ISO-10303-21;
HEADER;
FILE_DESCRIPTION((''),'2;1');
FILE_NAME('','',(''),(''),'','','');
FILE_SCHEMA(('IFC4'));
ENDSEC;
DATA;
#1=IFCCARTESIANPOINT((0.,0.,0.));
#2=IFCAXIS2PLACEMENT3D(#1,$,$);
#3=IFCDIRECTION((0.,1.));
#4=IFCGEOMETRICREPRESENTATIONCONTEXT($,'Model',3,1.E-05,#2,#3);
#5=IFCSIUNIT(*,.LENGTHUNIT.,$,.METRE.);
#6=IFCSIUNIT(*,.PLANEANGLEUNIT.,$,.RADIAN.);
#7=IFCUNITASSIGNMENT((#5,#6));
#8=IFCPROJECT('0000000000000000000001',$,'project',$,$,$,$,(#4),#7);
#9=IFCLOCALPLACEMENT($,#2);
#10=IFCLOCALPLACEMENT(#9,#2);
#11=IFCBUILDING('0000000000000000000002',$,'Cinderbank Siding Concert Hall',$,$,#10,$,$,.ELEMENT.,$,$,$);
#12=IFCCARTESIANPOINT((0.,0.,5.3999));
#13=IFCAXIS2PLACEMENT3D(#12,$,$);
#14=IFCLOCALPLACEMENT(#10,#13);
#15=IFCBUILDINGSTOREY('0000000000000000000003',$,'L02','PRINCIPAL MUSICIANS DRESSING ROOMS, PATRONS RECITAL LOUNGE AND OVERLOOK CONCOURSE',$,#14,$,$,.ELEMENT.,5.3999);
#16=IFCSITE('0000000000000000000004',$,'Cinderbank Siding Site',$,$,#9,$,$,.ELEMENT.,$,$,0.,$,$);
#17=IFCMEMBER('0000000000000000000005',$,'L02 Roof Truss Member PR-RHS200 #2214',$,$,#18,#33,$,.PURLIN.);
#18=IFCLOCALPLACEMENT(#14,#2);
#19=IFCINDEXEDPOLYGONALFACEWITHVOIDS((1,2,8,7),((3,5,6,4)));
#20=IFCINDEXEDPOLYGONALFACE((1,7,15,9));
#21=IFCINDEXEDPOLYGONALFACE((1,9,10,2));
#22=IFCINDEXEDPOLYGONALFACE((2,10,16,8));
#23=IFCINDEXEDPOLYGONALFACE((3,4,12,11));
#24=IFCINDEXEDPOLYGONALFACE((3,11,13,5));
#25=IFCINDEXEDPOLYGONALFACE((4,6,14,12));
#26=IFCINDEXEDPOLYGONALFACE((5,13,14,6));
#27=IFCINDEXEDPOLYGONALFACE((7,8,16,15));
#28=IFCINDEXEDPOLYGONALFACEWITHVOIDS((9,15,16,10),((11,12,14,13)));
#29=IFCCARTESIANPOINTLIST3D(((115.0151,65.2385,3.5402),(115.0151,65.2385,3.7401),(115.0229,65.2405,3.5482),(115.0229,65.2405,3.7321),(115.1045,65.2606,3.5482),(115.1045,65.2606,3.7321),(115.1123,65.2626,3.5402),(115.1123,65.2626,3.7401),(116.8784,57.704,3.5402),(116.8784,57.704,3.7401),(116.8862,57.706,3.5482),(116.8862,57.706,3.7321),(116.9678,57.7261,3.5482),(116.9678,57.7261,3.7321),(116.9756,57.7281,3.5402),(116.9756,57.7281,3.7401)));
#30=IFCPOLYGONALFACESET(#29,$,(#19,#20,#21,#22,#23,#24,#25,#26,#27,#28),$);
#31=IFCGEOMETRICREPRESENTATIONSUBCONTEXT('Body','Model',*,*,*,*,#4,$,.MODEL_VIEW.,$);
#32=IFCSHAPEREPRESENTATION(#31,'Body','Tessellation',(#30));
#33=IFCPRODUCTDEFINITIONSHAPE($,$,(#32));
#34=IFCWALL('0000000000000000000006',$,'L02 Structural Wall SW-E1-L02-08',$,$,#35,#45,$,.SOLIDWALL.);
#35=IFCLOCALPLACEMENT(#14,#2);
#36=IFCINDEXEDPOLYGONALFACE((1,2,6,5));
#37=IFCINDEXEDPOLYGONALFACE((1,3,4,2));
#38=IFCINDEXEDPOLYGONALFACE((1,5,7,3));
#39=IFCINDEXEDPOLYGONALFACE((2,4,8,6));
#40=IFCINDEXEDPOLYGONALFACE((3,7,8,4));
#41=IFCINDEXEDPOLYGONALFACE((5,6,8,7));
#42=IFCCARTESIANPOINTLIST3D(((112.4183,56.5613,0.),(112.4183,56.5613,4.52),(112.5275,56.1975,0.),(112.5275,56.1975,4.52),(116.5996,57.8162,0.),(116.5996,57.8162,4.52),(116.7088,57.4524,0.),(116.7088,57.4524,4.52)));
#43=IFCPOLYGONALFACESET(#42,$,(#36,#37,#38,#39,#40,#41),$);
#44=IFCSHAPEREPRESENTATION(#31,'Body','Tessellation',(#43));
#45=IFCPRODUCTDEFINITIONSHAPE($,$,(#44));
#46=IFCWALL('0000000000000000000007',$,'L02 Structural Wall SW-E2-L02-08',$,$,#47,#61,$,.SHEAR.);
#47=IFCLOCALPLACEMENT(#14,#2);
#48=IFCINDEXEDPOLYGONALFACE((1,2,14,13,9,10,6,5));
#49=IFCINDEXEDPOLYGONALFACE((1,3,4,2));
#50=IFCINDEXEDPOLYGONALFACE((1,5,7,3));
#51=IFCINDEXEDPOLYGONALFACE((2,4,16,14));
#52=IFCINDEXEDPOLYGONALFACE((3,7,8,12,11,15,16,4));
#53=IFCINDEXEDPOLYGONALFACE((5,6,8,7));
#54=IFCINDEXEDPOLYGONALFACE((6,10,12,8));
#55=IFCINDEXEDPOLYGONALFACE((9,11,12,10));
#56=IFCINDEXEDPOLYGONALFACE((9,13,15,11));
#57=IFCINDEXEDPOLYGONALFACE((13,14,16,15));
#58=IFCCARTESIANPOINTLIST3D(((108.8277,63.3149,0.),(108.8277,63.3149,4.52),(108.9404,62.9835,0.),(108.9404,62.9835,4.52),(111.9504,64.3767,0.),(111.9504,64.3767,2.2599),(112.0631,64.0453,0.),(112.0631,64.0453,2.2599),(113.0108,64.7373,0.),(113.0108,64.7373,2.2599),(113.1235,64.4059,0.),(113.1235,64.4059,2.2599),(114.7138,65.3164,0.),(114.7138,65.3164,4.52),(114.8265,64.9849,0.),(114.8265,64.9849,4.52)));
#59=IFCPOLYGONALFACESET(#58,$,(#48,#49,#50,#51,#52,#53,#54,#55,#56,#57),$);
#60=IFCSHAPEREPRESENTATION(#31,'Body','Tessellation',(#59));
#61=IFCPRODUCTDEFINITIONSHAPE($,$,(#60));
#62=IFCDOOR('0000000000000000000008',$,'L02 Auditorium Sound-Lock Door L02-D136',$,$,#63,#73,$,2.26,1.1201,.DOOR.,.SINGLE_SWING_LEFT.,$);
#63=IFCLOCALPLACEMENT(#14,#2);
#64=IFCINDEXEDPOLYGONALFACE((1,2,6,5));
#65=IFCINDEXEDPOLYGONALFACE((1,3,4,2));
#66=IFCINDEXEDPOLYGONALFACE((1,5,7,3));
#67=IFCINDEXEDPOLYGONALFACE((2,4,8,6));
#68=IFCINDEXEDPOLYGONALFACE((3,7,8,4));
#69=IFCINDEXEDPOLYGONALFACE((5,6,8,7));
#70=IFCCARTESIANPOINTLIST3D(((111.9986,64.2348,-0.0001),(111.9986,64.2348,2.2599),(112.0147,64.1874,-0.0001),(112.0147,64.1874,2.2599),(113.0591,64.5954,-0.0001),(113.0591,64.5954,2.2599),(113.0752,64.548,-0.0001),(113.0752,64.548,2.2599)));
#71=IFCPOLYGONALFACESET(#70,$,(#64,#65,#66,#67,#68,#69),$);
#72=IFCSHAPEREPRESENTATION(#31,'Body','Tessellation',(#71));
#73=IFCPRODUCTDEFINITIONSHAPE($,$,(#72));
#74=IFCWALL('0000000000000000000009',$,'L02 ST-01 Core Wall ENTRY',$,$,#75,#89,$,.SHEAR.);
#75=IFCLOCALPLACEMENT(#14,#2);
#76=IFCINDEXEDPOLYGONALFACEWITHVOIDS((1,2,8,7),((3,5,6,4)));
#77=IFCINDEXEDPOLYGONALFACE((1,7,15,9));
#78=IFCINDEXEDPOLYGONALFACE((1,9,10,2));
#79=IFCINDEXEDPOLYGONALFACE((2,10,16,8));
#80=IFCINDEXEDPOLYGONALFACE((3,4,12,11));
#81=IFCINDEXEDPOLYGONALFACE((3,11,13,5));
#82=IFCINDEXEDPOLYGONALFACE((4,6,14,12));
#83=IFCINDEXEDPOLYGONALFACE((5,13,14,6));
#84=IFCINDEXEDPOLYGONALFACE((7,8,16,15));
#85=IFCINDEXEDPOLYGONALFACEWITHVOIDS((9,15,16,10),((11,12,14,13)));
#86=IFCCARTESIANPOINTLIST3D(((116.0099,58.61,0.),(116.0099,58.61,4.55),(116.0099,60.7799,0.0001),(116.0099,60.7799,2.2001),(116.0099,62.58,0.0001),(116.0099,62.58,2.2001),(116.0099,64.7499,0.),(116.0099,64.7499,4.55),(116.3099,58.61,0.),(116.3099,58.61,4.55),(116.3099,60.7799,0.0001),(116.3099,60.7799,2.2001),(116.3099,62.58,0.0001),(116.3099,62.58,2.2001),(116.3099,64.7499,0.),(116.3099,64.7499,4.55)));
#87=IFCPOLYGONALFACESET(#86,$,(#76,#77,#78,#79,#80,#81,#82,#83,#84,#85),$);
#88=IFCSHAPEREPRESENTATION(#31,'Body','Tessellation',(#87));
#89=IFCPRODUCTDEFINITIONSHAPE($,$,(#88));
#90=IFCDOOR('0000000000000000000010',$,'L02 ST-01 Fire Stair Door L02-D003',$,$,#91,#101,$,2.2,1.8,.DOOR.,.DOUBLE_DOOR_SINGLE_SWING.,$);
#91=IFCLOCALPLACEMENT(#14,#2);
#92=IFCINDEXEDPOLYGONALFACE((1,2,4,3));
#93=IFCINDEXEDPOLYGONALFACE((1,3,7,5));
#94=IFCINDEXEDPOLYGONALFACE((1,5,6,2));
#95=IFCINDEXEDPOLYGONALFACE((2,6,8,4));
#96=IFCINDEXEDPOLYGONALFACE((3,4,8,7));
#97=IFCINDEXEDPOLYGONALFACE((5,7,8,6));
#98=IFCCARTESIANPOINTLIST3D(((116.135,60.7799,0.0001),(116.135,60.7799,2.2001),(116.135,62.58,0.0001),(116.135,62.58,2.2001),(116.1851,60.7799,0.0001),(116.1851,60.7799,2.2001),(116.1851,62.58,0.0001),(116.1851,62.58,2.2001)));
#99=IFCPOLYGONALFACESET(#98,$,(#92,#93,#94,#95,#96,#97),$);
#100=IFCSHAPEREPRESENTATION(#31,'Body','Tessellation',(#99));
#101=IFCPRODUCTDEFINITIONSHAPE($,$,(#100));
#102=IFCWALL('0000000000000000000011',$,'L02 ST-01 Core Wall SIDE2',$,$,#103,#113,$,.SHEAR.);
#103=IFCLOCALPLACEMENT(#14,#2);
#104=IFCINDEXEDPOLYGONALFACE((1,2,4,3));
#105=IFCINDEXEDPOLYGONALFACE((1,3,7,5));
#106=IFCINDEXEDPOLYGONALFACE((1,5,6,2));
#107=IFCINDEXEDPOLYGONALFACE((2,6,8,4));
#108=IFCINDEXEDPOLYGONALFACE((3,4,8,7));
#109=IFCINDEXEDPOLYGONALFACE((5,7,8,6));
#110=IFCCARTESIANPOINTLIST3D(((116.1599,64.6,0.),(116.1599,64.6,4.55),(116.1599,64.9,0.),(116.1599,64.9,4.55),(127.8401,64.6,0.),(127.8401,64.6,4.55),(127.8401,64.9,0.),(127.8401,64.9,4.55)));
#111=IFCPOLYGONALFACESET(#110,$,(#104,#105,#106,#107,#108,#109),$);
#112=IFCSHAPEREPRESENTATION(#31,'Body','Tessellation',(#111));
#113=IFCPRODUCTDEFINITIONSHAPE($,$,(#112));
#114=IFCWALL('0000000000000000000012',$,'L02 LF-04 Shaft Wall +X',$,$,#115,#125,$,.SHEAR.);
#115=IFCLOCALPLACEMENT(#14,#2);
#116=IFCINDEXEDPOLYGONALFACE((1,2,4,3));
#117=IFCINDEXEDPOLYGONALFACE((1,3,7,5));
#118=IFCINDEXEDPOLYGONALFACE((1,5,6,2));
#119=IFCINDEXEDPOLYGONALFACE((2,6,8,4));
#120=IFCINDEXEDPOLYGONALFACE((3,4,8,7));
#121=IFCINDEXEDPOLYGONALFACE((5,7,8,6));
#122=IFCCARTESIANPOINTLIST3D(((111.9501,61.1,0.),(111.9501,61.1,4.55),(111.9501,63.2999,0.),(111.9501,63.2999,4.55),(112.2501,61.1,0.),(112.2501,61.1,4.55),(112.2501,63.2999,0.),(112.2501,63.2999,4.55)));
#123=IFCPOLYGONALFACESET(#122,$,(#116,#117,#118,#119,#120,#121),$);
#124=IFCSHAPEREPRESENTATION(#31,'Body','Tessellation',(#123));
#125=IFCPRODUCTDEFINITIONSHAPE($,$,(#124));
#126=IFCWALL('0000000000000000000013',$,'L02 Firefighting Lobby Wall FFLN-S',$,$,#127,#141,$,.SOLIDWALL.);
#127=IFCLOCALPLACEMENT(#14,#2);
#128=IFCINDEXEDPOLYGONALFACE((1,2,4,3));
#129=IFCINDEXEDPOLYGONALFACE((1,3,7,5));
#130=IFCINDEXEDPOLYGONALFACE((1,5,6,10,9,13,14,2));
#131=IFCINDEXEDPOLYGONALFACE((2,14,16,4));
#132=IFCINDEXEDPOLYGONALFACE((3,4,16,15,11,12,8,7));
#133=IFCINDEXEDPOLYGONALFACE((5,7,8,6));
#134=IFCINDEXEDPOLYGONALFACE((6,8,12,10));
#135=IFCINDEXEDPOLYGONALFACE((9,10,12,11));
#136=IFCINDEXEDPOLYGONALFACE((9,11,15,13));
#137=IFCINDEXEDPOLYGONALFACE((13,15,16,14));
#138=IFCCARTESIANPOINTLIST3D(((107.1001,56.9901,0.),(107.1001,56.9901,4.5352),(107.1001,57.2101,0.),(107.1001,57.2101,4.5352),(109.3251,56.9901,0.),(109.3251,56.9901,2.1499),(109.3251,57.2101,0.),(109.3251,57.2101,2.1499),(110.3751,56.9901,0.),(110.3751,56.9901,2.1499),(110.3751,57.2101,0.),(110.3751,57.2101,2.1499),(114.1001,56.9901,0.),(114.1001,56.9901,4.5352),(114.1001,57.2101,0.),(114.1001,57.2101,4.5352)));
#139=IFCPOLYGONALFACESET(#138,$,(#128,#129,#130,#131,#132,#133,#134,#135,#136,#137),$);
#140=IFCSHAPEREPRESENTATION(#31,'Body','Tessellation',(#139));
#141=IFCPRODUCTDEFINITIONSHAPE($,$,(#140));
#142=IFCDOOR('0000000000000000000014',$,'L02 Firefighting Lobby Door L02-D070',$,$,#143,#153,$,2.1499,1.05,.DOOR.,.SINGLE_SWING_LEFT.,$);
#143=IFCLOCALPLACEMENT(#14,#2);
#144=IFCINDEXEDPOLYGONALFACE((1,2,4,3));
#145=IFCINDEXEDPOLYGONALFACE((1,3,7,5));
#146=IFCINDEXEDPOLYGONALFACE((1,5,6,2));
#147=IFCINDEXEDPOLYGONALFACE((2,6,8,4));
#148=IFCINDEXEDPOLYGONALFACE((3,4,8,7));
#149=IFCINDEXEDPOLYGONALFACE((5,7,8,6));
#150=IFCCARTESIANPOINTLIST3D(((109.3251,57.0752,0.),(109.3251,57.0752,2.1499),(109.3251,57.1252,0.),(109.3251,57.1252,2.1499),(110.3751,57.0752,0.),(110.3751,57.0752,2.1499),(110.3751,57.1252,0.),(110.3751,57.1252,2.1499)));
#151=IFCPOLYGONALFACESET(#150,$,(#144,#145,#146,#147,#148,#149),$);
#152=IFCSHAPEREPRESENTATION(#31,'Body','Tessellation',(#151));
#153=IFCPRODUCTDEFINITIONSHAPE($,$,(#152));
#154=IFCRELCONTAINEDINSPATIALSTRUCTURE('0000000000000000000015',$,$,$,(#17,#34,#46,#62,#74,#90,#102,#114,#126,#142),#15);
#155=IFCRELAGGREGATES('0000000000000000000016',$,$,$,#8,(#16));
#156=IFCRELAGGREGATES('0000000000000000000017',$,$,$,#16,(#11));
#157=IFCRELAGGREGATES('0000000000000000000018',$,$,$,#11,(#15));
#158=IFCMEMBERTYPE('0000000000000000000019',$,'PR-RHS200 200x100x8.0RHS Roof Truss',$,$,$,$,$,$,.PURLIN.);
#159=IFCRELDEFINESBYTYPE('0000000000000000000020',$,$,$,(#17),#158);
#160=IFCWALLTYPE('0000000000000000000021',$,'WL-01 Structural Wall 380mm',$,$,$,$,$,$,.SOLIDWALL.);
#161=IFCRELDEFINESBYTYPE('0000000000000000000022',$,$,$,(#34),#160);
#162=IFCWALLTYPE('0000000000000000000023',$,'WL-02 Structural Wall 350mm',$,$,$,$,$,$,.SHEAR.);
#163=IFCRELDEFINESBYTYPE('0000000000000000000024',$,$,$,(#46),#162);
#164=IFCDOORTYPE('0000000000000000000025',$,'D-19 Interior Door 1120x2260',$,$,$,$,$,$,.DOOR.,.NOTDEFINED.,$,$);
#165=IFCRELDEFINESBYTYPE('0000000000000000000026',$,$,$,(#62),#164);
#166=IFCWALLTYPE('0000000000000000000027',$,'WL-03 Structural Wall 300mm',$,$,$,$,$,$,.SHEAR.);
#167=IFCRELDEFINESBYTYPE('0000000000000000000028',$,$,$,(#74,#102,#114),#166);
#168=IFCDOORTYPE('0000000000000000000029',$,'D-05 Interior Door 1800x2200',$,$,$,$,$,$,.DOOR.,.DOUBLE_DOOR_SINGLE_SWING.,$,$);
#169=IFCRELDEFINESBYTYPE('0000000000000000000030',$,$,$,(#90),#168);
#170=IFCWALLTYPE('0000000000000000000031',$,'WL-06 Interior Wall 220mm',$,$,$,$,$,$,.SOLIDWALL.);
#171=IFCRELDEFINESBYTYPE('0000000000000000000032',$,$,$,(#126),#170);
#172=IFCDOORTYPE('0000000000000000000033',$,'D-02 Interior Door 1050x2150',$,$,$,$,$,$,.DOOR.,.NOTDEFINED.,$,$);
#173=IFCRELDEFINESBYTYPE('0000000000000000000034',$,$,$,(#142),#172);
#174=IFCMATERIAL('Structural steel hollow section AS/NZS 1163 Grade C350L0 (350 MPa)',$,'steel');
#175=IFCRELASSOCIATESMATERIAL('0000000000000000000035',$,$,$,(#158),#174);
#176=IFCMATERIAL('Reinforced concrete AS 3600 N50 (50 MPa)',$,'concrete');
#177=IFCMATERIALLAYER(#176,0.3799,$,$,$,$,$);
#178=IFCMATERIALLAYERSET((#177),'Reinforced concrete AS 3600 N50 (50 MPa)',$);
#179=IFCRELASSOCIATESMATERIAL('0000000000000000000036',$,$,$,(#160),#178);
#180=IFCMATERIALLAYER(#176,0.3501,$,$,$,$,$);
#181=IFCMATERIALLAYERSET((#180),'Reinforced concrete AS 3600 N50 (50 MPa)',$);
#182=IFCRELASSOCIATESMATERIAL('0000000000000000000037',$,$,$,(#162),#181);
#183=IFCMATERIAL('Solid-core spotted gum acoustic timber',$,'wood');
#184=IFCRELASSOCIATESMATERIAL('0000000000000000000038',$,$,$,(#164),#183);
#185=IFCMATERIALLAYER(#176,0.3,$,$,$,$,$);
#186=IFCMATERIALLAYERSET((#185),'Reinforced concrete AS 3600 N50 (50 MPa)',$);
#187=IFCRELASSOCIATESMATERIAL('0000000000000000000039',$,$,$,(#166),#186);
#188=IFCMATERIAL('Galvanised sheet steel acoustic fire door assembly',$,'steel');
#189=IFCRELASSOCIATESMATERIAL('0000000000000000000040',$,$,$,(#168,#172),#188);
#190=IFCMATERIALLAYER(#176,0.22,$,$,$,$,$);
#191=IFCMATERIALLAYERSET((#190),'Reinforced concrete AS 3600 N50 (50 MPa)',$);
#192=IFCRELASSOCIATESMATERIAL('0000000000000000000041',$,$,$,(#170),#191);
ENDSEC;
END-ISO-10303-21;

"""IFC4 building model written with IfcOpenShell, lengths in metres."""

from ifc_helpers import new_model, si_unit, direction, frame, frame_2d, origin, origin_2d, place, context, subcontext, project, spatial, rectangle, hollow_rectangle, extrude, material, layer, layer_set, material_profile, profile_set, type_object, element, fill, save


model = new_model("IFC4")

# Units and contexts
model_context = context("Model", 3, precision=1e-05, world=origin(), true_north=direction((0.0, 1.0)))
body_context = subcontext(model_context, "Body", "Model", "MODEL_VIEW")
ifc_project = project(units=[si_unit("LENGTHUNIT", "METRE"), si_unit("PLANEANGLEUNIT", "RADIAN")], contexts=[model_context])

# Site, building, storey
site_placement = place(None, origin())
site = spatial("IfcSite", under=ifc_project, at=site_placement, Name="Cinderbank Siding Site", CompositionType="ELEMENT", RefElevation=0.0)
building_placement = place(site_placement, origin())
building = spatial("IfcBuilding", under=site, at=building_placement, Name="Cinderbank Siding Concert Hall", CompositionType="ELEMENT")
storey_placement = place(building_placement, frame((0.0, 0.0, 5.3999)))
storey = spatial("IfcBuildingStorey", under=building, at=storey_placement, Name="L02", Description="PRINCIPAL MUSICIANS DRESSING ROOMS, PATRONS RECITAL LOUNGE AND OVERLOOK CONCOURSE", CompositionType="ELEMENT", Elevation=5.3999)

# Shared definitions
ifc_material_1 = material(Name="Reinforced concrete AS 3600 N50 (50 MPa)", Category="concrete")

# Member
ifc_material_2 = material(Name="Structural steel hollow section AS/NZS 1163 Grade C350L0 (350 MPa)", Category="steel")
ifc_material_profile_1 = material_profile(ifc_material_2, hollow_rectangle(XDim=0.1001, YDim=0.2, WallThickness=0.0081, at=origin_2d()), Name="200x100x8.0RHS", Category="LoadBearing")
ifc_profile_set_1 = profile_set([ifc_material_profile_1], Name="Structural steel hollow section AS/NZS 1163 Grade C350L0 (350 MPa)")
member_type = type_object("IfcMemberType", Name="PR-RHS200 200x100x8.0RHS Roof Truss", PredefinedType="PURLIN", material=ifc_profile_set_1)
member_placement = place(storey_placement, frame((116.927, 57.7161, 3.6401), z_axis=(-0.24007, 0.970756, 0.0), x_axis=(-0.970756, -0.24007, 0.0)))
element("IfcMember", 1, at=member_placement, inside=storey, type_object=member_type, Name="L02 Roof Truss Member PR-RHS200 #2214", PredefinedType="PURLIN", context=body_context, shape_type="SweptSolid", body=[
    extrude(hollow_rectangle(XDim=0.1001, YDim=0.2, WallThickness=0.0081, at=origin_2d()), origin(), (0.0, 0.0, 1.0), 7.7615),
])

# Wall
ifc_layer_1 = layer(ifc_material_1, 0.3799)
ifc_layer_set_1 = layer_set([ifc_layer_1], Name="Reinforced concrete AS 3600 N50 (50 MPa)")
wall_type_1 = type_object("IfcWallType", Name="WL-01 Structural Wall 380mm", PredefinedType="SOLIDWALL", material=ifc_layer_set_1)
wall_1_placement = place(storey_placement, frame((116.6541, 57.6343, 0.0), z_axis=(0.0, 0.0, 1.0), x_axis=(-0.957792, -0.287461, 0.0)))
element("IfcWall", 2, at=wall_1_placement, inside=storey, type_object=wall_type_1, Name="L02 Structural Wall SW-E1-L02-08", PredefinedType="SOLIDWALL", context=body_context, shape_type="SweptSolid", body=[
    extrude(rectangle(XDim=4.3655, YDim=0.3799, at=frame_2d((2.1826, 0.0))), origin(), (0.0, 0.0, 1.0), 4.52),
])

# Walls, openings, doors
ifc_layer_2 = layer(ifc_material_1, 0.3501)
ifc_layer_set_2 = layer_set([ifc_layer_2], Name="Reinforced concrete AS 3600 N50 (50 MPa)")
wall_type_2 = type_object("IfcWallType", Name="WL-02 Structural Wall 350mm", PredefinedType="SHEAR", material=ifc_layer_set_2)
wall_2_placement = place(storey_placement, frame((114.77, 65.1506, 0.0), z_axis=(0.0, 0.0, 1.0), x_axis=(-0.946761, -0.321936, 0.0)))
wall_2 = element("IfcWall", 3, at=wall_2_placement, inside=storey, type_object=wall_type_2, Name="L02 Structural Wall SW-E2-L02-08", PredefinedType="SHEAR", context=body_context, shape_type="SweptSolid", body=[
    extrude(rectangle(XDim=6.217, YDim=0.3501, at=frame_2d((3.1084, 0.0))), origin(), (0.0, 0.0, 1.0), 4.52),
])
opening_1_placement = place(wall_2_placement, frame((1.7986, 0.0, 0.0)))
opening_1 = element("IfcOpeningElement", 4, at=opening_1_placement, cuts=wall_2, PredefinedType="OPENING", context=body_context, shape_type="SweptSolid", body=[
    extrude(rectangle(XDim=1.1201, YDim=2.26, at=frame_2d((0.5601, 1.1299))), frame((0.0, 0.187, 0.0), z_axis=(0.0, -1.0, 0.0), x_axis=(1.0, 0.0, 0.0)), (0.0, 0.0, 1.0), 0.374),
])
ifc_material_3 = material(Name="Solid-core spotted gum acoustic timber", Category="wood")
door_type_1 = type_object("IfcDoorType", Name="D-19 Interior Door 1120x2260", OperationType="NOTDEFINED", PredefinedType="DOOR", material=ifc_material_3)
door_1_placement = place(opening_1_placement, origin())
door_1 = element("IfcDoor", 5, at=door_1_placement, inside=storey, type_object=door_type_1, Name="L02 Auditorium Sound-Lock Door L02-D136", OperationType="SINGLE_SWING_LEFT", OverallHeight=2.26, OverallWidth=1.1201, PredefinedType="DOOR", context=body_context, shape_type="SweptSolid", body=[
    extrude(rectangle(XDim=1.1201, YDim=2.26, at=frame_2d((0.5601, 1.1299))), frame((0.0, 0.0249, 0.0), z_axis=(0.0, -1.0, 0.0), x_axis=(1.0, 0.0, 0.0)), (0.0, 0.0, 1.0), 0.05),
])
fill(opening_1, door_1)
ifc_layer_3 = layer(ifc_material_1, 0.3)
ifc_layer_set_3 = layer_set([ifc_layer_3], Name="Reinforced concrete AS 3600 N50 (50 MPa)")
wall_type_3 = type_object("IfcWallType", Name="WL-03 Structural Wall 300mm", PredefinedType="SHEAR", material=ifc_layer_set_3)
wall_3_placement = place(storey_placement, frame((116.1599, 58.6101, 0.0), z_axis=(0.0, 0.0, 1.0), x_axis=(0.0, 1.0, 0.0)))
wall_3 = element("IfcWall", 6, at=wall_3_placement, inside=storey, type_object=wall_type_3, Name="L02 ST-01 Core Wall ENTRY", PredefinedType="SHEAR", context=body_context, shape_type="SweptSolid", body=[
    extrude(rectangle(XDim=6.1399, YDim=0.3, at=frame_2d((3.0698, 0.0))), origin(), (0.0, 0.0, 1.0), 4.55),
])
opening_2_placement = place(wall_3_placement, frame((2.1699, 0.0, 0.0)))
opening_2 = element("IfcOpeningElement", 7, at=opening_2_placement, cuts=wall_3, PredefinedType="OPENING", context=body_context, shape_type="SweptSolid", body=[
    extrude(rectangle(XDim=1.8, YDim=2.2, at=frame_2d((0.8999, 1.1001))), frame((0.0, 0.1621, 0.0), z_axis=(0.0, -1.0, 0.0), x_axis=(1.0, 0.0, 0.0)), (0.0, 0.0, 1.0), 0.324),
])
ifc_material_4 = material(Name="Galvanised sheet steel acoustic fire door assembly", Category="steel")
door_type_2 = type_object("IfcDoorType", Name="D-05 Interior Door 1800x2200", OperationType="DOUBLE_DOOR_SINGLE_SWING", PredefinedType="DOOR", material=ifc_material_4)
door_2_placement = place(opening_2_placement, origin())
door_2 = element("IfcDoor", 8, at=door_2_placement, inside=storey, type_object=door_type_2, Name="L02 ST-01 Fire Stair Door L02-D003", OperationType="DOUBLE_DOOR_SINGLE_SWING", OverallHeight=2.2, OverallWidth=1.8, PredefinedType="DOOR", context=body_context, shape_type="SweptSolid", body=[
    extrude(rectangle(XDim=1.8, YDim=2.2, at=frame_2d((0.8999, 1.1001))), frame((0.0, 0.0249, 0.0), z_axis=(0.0, -1.0, 0.0), x_axis=(1.0, 0.0, 0.0)), (0.0, 0.0, 1.0), 0.05),
])
fill(opening_2, door_2)

# Wall
wall_4_placement = place(storey_placement, frame((116.1599, 64.75, 0.0), z_axis=(0.0, 0.0, 1.0), x_axis=(1.0, 0.0, 0.0)))
element("IfcWall", 9, at=wall_4_placement, inside=storey, type_object=wall_type_3, Name="L02 ST-01 Core Wall SIDE2", PredefinedType="SHEAR", context=body_context, shape_type="SweptSolid", body=[
    extrude(rectangle(XDim=11.6802, YDim=0.3, at=frame_2d((5.8401, 0.0))), origin(), (0.0, 0.0, 1.0), 4.55),
])

# Wall
wall_5_placement = place(storey_placement, frame((112.1001, 63.3, 0.0), z_axis=(0.0, 0.0, 1.0), x_axis=(0.0, -1.0, 0.0)))
element("IfcWall", 10, at=wall_5_placement, inside=storey, type_object=wall_type_3, Name="L02 LF-04 Shaft Wall +X", PredefinedType="SHEAR", context=body_context, shape_type="SweptSolid", body=[
    extrude(rectangle(XDim=2.2, YDim=0.3, at=frame_2d((1.1001, 0.0))), origin(), (0.0, 0.0, 1.0), 4.55),
])

# Wall, opening, door
ifc_layer_4 = layer(ifc_material_1, 0.22)
ifc_layer_set_4 = layer_set([ifc_layer_4], Name="Reinforced concrete AS 3600 N50 (50 MPa)")
wall_type_4 = type_object("IfcWallType", Name="WL-06 Interior Wall 220mm", PredefinedType="SOLIDWALL", material=ifc_layer_set_4)
wall_6_placement = place(storey_placement, frame((114.1001, 57.1001, 0.0), z_axis=(0.0, 0.0, 1.0), x_axis=(-1.0, 0.0, 0.0)))
wall_6 = element("IfcWall", 11, at=wall_6_placement, inside=storey, type_object=wall_type_4, Name="L02 Firefighting Lobby Wall FFLN-S", PredefinedType="SOLIDWALL", context=body_context, shape_type="SweptSolid", body=[
    extrude(rectangle(XDim=7.0, YDim=0.22, at=frame_2d((3.5, 0.0))), origin(), (0.0, 0.0, 1.0), 4.5352),
])
opening_3_placement = place(wall_6_placement, frame((3.7251, 0.0, 0.0)))
opening_3 = element("IfcOpeningElement", 12, at=opening_3_placement, cuts=wall_6, PredefinedType="OPENING", context=body_context, shape_type="SweptSolid", body=[
    extrude(rectangle(XDim=1.05, YDim=2.1499, at=frame_2d((0.5249, 1.075))), frame((0.0, 0.1221, 0.0), z_axis=(0.0, -1.0, 0.0), x_axis=(1.0, 0.0, 0.0)), (0.0, 0.0, 1.0), 0.2439),
])
door_type_3 = type_object("IfcDoorType", Name="D-02 Interior Door 1050x2150", OperationType="NOTDEFINED", PredefinedType="DOOR", material=ifc_material_4)
door_3_placement = place(opening_3_placement, origin())
door_3 = element("IfcDoor", 13, at=door_3_placement, inside=storey, type_object=door_type_3, Name="L02 Firefighting Lobby Door L02-D070", OperationType="SINGLE_SWING_LEFT", OverallHeight=2.1499, OverallWidth=1.05, PredefinedType="DOOR", context=body_context, shape_type="SweptSolid", body=[
    extrude(rectangle(XDim=1.05, YDim=2.1499, at=frame_2d((0.5249, 1.075))), frame((0.0, 0.0249, 0.0), z_axis=(0.0, -1.0, 0.0), x_axis=(1.0, 0.0, 0.0)), (0.0, 0.0, 1.0), 0.05),
])
fill(opening_3, door_3)

save(model, "model.ifc")
